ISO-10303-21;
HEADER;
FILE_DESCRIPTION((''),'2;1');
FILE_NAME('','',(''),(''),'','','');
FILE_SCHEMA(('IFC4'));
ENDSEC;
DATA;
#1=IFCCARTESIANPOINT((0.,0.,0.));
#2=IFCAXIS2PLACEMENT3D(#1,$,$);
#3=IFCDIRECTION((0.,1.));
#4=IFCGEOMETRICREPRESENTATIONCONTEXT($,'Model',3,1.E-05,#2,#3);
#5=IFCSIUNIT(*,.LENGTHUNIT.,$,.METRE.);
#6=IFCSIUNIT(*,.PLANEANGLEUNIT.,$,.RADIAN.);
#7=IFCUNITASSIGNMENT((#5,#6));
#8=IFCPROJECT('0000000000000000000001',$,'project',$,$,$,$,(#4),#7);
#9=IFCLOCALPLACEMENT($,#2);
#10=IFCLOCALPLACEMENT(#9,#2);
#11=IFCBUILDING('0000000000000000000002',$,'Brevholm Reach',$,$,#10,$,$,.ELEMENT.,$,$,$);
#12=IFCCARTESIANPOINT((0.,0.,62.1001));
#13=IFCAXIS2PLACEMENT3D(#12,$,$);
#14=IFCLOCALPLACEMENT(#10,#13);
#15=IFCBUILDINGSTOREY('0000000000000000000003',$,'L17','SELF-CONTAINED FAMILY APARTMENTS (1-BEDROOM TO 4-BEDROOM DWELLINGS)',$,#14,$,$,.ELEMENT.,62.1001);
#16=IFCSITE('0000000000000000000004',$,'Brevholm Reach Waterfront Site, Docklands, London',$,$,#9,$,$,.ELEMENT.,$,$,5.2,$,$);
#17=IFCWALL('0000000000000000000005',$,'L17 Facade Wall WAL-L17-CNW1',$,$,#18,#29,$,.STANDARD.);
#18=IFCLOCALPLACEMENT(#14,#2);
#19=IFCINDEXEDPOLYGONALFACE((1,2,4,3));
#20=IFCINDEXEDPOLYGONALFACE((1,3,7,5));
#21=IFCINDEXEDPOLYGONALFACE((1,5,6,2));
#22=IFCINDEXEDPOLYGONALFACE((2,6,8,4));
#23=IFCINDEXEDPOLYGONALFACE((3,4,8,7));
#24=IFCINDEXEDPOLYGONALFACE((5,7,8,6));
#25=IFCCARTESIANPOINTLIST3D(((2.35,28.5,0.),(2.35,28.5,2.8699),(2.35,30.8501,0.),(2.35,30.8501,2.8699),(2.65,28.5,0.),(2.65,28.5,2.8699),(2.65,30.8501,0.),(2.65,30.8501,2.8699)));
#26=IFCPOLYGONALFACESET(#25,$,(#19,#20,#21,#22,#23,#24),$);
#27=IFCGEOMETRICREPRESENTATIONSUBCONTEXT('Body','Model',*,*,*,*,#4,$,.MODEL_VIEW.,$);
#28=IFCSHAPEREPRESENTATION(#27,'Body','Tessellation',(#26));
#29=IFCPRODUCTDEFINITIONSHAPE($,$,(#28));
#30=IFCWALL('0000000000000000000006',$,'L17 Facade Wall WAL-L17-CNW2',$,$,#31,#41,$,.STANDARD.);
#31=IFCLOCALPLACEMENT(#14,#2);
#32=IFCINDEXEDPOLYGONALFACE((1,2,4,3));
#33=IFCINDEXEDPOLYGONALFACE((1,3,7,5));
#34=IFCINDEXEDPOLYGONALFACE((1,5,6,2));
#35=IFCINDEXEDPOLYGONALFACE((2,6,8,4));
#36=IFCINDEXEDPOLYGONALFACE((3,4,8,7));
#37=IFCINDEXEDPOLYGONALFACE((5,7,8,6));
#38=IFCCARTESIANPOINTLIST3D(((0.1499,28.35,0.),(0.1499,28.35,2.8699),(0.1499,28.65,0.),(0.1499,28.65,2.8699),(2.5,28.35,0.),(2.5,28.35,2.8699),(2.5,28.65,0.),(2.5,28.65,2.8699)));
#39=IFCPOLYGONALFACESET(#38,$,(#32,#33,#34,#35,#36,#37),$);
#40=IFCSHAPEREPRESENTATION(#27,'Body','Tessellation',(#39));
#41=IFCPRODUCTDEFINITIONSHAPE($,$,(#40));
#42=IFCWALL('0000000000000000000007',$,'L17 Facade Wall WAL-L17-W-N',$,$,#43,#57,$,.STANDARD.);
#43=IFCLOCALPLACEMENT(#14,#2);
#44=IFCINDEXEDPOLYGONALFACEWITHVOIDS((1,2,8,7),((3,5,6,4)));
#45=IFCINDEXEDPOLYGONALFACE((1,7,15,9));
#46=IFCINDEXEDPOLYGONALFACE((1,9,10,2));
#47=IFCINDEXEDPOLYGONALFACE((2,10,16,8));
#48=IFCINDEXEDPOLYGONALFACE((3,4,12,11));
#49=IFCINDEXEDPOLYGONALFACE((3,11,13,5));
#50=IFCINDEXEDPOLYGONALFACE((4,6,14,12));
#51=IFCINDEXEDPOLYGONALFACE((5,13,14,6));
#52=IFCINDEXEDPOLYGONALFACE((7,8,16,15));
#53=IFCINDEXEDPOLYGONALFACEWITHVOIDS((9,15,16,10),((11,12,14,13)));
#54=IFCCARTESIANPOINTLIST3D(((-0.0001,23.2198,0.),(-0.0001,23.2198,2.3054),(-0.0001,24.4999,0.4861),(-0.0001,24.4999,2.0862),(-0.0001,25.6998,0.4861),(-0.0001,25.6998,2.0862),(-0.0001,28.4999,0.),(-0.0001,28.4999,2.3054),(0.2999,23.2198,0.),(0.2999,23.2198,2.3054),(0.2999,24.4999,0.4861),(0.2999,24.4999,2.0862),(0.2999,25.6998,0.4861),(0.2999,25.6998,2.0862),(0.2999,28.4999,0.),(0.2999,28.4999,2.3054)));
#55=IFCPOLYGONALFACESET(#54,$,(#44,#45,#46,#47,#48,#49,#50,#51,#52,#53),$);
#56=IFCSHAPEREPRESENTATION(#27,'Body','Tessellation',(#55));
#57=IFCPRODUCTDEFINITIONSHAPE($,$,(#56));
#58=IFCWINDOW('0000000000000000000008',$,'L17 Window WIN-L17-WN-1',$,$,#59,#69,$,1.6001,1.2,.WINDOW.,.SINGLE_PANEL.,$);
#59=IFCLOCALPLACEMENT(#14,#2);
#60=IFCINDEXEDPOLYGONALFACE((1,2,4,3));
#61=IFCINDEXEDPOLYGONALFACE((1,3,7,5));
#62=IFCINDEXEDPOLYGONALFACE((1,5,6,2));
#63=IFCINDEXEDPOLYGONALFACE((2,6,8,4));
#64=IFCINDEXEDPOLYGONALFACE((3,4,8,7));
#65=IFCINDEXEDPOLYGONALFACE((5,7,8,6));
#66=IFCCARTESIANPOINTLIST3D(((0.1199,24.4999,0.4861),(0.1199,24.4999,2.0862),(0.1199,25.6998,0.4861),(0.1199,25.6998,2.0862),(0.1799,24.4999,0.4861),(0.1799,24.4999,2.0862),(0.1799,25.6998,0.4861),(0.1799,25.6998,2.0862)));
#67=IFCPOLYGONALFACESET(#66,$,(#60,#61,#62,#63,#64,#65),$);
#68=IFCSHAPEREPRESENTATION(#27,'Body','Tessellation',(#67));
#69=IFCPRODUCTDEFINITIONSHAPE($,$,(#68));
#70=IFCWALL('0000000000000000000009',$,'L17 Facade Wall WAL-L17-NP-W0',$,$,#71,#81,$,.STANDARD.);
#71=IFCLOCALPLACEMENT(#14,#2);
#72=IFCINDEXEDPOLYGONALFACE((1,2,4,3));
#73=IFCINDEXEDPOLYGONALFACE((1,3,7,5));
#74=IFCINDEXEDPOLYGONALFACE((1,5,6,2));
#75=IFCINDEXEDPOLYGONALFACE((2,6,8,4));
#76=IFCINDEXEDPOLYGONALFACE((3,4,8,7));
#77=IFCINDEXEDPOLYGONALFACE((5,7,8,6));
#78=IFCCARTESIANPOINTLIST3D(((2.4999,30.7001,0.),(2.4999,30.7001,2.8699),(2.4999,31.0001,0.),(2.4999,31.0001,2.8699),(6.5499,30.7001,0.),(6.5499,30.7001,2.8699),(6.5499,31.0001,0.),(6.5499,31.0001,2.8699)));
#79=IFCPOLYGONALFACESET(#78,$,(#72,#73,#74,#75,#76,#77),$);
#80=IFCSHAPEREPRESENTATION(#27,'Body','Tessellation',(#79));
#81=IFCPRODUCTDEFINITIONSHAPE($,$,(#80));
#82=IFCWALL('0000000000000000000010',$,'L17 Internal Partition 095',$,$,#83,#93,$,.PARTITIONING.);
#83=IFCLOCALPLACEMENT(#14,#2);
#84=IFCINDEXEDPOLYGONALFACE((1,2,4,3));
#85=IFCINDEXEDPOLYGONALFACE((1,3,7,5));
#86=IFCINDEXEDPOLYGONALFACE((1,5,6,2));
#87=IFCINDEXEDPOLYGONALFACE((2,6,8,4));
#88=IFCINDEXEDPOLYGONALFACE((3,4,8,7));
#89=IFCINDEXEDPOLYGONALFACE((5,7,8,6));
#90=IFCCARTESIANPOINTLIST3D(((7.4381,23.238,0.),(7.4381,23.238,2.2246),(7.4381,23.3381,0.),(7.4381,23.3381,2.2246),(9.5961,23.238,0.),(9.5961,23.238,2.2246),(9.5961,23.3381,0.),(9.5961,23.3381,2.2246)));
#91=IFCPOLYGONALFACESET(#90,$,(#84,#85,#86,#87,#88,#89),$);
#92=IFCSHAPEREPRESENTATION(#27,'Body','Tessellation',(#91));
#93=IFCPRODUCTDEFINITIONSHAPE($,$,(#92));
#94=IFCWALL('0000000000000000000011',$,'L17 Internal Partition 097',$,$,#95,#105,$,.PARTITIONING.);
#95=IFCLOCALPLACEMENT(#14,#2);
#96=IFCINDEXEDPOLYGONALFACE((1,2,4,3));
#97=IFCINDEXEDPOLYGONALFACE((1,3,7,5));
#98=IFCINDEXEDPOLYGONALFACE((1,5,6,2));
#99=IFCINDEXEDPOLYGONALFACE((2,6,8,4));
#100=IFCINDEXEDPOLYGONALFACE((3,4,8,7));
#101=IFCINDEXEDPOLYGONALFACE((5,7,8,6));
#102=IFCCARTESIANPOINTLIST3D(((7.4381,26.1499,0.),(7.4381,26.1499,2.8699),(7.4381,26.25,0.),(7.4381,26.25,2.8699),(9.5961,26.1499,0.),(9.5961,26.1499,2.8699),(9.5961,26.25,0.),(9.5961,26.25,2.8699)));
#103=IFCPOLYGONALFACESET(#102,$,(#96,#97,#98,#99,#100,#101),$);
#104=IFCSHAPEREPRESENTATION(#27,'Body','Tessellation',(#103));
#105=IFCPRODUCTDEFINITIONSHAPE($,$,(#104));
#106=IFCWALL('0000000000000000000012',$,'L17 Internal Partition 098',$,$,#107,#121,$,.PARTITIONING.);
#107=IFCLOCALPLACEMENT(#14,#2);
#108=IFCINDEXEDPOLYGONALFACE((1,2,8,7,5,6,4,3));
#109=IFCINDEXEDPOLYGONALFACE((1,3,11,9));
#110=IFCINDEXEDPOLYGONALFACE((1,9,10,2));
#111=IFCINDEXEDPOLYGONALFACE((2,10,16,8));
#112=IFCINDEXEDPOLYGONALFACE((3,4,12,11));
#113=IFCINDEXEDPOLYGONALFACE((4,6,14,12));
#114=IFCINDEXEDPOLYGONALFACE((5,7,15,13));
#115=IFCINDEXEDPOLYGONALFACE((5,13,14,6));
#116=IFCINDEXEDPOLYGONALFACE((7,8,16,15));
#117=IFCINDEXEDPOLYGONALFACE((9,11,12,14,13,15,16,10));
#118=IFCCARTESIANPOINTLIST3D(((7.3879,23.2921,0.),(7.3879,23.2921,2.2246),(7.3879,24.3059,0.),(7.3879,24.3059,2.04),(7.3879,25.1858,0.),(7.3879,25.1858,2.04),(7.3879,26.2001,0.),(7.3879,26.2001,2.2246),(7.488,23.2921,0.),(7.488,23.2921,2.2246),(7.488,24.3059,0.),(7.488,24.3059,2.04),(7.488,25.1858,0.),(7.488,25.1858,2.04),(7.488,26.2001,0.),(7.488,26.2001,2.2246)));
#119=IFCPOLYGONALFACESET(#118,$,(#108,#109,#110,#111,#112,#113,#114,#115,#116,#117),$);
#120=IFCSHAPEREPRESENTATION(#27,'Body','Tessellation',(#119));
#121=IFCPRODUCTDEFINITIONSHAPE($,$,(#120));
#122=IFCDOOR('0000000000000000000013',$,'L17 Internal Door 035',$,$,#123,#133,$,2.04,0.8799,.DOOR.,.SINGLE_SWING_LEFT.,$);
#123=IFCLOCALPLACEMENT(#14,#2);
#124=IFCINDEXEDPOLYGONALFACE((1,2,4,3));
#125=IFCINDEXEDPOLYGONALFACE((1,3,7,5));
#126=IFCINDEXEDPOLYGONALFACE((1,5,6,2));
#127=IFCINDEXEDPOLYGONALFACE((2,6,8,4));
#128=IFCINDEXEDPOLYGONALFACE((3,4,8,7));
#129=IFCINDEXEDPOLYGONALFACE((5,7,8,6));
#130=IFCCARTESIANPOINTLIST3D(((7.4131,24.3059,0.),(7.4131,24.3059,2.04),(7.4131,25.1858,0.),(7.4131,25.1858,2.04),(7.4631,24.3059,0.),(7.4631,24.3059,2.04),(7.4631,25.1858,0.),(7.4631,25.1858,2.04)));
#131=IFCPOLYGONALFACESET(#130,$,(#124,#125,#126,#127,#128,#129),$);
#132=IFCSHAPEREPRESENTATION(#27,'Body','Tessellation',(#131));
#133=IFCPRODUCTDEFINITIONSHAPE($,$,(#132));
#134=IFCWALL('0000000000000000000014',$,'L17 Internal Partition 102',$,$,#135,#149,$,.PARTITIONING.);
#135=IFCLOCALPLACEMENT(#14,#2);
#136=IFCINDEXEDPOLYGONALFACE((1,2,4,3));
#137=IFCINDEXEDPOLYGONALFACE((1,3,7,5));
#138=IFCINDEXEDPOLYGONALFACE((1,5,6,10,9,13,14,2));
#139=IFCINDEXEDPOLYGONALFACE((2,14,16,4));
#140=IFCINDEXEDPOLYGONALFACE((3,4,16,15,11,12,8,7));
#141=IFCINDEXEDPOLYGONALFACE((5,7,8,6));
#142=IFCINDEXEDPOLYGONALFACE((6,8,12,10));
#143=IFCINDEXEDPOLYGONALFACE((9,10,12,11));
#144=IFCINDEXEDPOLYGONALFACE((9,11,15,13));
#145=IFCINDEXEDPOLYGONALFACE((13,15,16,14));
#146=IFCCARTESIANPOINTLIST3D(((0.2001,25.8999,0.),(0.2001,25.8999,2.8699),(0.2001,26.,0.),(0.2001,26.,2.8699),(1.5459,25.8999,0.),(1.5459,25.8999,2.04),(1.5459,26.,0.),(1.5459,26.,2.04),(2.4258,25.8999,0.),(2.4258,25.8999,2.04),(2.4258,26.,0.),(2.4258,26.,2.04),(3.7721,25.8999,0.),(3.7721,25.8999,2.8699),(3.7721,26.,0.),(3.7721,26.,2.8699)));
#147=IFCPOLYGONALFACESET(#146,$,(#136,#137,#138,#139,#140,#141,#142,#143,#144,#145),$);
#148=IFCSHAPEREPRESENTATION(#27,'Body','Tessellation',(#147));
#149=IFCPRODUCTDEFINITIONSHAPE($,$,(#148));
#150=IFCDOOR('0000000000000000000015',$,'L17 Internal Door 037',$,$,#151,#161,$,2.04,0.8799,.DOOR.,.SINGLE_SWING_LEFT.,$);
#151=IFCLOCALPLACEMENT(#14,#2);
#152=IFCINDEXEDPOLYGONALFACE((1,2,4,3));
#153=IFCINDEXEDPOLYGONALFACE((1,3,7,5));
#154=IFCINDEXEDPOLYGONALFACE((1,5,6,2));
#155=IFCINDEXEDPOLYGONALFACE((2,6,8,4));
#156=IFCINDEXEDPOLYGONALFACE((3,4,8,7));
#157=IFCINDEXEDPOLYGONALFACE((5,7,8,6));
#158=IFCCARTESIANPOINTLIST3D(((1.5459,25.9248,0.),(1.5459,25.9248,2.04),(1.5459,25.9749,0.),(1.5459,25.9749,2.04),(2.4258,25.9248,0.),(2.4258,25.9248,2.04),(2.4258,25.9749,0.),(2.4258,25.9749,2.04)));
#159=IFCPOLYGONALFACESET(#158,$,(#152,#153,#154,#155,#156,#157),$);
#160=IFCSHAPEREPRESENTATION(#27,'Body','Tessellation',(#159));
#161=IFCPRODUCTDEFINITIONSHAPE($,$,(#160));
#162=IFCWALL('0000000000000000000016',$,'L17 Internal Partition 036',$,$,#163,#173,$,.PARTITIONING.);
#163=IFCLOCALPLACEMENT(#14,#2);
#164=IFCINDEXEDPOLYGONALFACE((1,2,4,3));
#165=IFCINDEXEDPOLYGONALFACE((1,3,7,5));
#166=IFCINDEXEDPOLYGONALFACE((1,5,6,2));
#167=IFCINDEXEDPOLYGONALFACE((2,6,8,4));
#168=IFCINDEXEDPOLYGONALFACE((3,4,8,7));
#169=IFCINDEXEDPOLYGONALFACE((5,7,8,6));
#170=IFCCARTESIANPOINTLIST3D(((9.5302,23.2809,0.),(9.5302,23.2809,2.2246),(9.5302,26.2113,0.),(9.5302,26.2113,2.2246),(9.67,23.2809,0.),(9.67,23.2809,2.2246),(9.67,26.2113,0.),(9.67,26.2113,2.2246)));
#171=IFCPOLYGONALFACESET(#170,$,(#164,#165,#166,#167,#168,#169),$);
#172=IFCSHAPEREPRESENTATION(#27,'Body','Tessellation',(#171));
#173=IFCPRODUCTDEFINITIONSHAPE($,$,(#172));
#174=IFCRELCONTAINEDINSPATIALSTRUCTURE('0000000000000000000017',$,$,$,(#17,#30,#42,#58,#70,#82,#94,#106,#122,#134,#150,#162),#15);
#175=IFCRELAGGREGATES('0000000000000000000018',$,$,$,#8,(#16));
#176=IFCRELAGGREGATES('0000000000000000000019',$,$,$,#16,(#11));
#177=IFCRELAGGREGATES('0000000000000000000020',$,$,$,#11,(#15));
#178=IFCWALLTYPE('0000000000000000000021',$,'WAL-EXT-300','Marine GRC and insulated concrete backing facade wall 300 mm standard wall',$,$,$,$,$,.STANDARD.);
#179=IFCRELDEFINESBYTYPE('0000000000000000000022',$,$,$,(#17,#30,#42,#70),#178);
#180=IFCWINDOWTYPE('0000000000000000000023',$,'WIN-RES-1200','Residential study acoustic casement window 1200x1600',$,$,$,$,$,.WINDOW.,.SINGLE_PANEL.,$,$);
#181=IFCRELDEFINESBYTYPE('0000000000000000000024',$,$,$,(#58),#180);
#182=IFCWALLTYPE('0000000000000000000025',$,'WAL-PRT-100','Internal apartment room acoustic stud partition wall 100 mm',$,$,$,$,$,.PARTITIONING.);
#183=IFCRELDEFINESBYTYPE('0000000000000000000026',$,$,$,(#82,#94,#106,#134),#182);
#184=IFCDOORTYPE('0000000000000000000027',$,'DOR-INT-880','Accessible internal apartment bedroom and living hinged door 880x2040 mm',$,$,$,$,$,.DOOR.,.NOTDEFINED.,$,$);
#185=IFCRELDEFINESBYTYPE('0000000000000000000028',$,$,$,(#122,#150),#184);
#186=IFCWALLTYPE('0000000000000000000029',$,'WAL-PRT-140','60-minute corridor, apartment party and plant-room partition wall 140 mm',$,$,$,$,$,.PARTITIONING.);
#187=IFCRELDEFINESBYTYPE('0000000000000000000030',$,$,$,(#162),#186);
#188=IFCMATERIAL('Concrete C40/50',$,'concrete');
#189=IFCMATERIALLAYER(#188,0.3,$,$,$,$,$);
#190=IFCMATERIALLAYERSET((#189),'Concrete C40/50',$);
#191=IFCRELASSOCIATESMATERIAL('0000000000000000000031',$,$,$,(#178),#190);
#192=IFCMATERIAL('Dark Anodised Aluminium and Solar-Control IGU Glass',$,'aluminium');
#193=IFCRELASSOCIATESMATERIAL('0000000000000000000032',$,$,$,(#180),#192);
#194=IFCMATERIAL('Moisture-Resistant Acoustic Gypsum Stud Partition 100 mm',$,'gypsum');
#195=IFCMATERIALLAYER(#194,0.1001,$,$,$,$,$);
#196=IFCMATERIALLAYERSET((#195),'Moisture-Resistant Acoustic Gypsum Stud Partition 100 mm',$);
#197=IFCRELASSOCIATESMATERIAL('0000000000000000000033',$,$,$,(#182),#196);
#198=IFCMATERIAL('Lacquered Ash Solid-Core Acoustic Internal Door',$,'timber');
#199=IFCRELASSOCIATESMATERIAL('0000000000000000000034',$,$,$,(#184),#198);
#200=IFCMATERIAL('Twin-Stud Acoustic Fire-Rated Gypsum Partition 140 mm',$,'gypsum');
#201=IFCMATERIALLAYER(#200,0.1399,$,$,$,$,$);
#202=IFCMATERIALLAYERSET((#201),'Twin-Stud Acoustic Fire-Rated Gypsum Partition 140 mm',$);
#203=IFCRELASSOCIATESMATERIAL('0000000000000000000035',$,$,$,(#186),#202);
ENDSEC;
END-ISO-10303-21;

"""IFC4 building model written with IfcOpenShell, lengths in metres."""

from ifc_helpers import new_model, si_unit, direction, frame, frame_2d, origin, place, context, subcontext, project, spatial, rectangle, extrude, material, layer, layer_set, type_object, element, fill, save


model = new_model("IFC4")

# Units and contexts
model_context = context("Model", 3, precision=1e-05, world=origin(), true_north=direction((0.0, 1.0)))
body_context = subcontext(model_context, "Body", "Model", "MODEL_VIEW")
ifc_project = project(units=[si_unit("LENGTHUNIT", "METRE"), si_unit("PLANEANGLEUNIT", "RADIAN")], contexts=[model_context])

# Site, building, storey
site_placement = place(None, origin())
site = spatial("IfcSite", under=ifc_project, at=site_placement, Name="Brevholm Reach Waterfront Site, Docklands, London", CompositionType="ELEMENT", RefElevation=5.2)
building_placement = place(site_placement, origin())
building = spatial("IfcBuilding", under=site, at=building_placement, Name="Brevholm Reach", CompositionType="ELEMENT")
storey_placement = place(building_placement, frame((0.0, 0.0, 62.1001)))
storey = spatial("IfcBuildingStorey", under=building, at=storey_placement, Name="L17", Description="SELF-CONTAINED FAMILY APARTMENTS (1-BEDROOM TO 4-BEDROOM DWELLINGS)", CompositionType="ELEMENT", Elevation=62.1001)

# Walls
ifc_material_1 = material(Name="Concrete C40/50", Category="concrete")
ifc_layer_1 = layer(ifc_material_1, 0.3)
ifc_layer_set_1 = layer_set([ifc_layer_1], Name="Concrete C40/50")
wall_type_1 = type_object("IfcWallType", Name="WAL-EXT-300", Description="Marine GRC and insulated concrete backing facade wall 300 mm standard wall", PredefinedType="STANDARD", material=ifc_layer_set_1)
for number, where, z_axis, x_axis, name in (
    (1, (2.5, 30.8501, 0.0), (0.0, 0.0, 1.0), (0.0, -1.0, 0.0), "L17 Facade Wall WAL-L17-CNW1"),
    (2, (2.5, 28.5, 0.0), (0.0, 0.0, 1.0), (-1.0, 0.0, 0.0), "L17 Facade Wall WAL-L17-CNW2"),
):
    element("IfcWall", number, at=place(storey_placement, frame(where, z_axis=z_axis, x_axis=x_axis)), inside=storey, type_object=wall_type_1, Name=name, PredefinedType="STANDARD", context=body_context, shape_type="SweptSolid", body=[
        extrude(rectangle(XDim=2.3501, YDim=0.3, at=frame_2d((1.175, 0.0))), origin(), (0.0, 0.0, 1.0), 2.8699),
    ])

# Wall, opening, window
wall_1_placement = place(storey_placement, frame((0.1499, 28.5, 0.0), z_axis=(0.0, 0.0, 1.0), x_axis=(0.0, -1.0, 0.0)))
wall_1 = element("IfcWall", 3, at=wall_1_placement, inside=storey, type_object=wall_type_1, Name="L17 Facade Wall WAL-L17-W-N", PredefinedType="STANDARD", context=body_context, shape_type="SweptSolid", body=[
    extrude(rectangle(XDim=5.28, YDim=0.3, at=frame_2d((2.6401, 0.0))), origin(), (0.0, 0.0, 1.0), 2.3054),
])
opening_1_placement = place(wall_1_placement, frame((2.8, 0.0, 0.4861)))
opening_1 = element("IfcOpeningElement", 4, at=opening_1_placement, cuts=wall_1, PredefinedType="OPENING", context=body_context, shape_type="SweptSolid", body=[
    extrude(rectangle(XDim=1.2, YDim=1.6001, at=frame_2d((0.6001, 0.8))), frame((0.0, 0.1599, 0.0), z_axis=(0.0, -1.0, 0.0), x_axis=(1.0, 0.0, 0.0)), (0.0, 0.0, 1.0), 0.3201),
])
ifc_material_2 = material(Name="Dark Anodised Aluminium and Solar-Control IGU Glass", Category="aluminium")
window_type = type_object("IfcWindowType", Name="WIN-RES-1200", Description="Residential study acoustic casement window 1200x1600", PartitioningType="SINGLE_PANEL", PredefinedType="WINDOW", material=ifc_material_2)
window_placement = place(opening_1_placement, origin())
window = element("IfcWindow", 5, at=window_placement, inside=storey, type_object=window_type, Name="L17 Window WIN-L17-WN-1", OverallHeight=1.6001, OverallWidth=1.2, PartitioningType="SINGLE_PANEL", PredefinedType="WINDOW", context=body_context, shape_type="SweptSolid", body=[
    extrude(rectangle(XDim=1.2, YDim=1.6001, at=frame_2d((0.6001, 0.8))), frame((0.0, 0.03, 0.0), z_axis=(0.0, -1.0, 0.0), x_axis=(1.0, 0.0, 0.0)), (0.0, 0.0, 1.0), 0.0601),
])
fill(opening_1, window)

# Walls
wall_2_placement = place(storey_placement, frame((2.5, 30.8501, 0.0), z_axis=(0.0, 0.0, 1.0), x_axis=(1.0, 0.0, 0.0)))
element("IfcWall", 6, at=wall_2_placement, inside=storey, type_object=wall_type_1, Name="L17 Facade Wall WAL-L17-NP-W0", PredefinedType="STANDARD", context=body_context, shape_type="SweptSolid", body=[
    extrude(rectangle(XDim=4.05, YDim=0.3, at=frame_2d((2.0249, 0.0))), origin(), (0.0, 0.0, 1.0), 2.8699),
])
ifc_material_3 = material(Name="Moisture-Resistant Acoustic Gypsum Stud Partition 100 mm", Category="gypsum")
ifc_layer_2 = layer(ifc_material_3, 0.1001)
ifc_layer_set_2 = layer_set([ifc_layer_2], Name="Moisture-Resistant Acoustic Gypsum Stud Partition 100 mm")
wall_type_2 = type_object("IfcWallType", Name="WAL-PRT-100", Description="Internal apartment room acoustic stud partition wall 100 mm", PredefinedType="PARTITIONING", material=ifc_layer_set_2)
wall_3_placement = place(storey_placement, frame((7.438, 23.2881, 0.0), z_axis=(0.0, 0.0, 1.0), x_axis=(1.0, 0.0, 0.0)))
element("IfcWall", 7, at=wall_3_placement, inside=storey, type_object=wall_type_2, Name="L17 Internal Partition 095", PredefinedType="PARTITIONING", context=body_context, shape_type="SweptSolid", body=[
    extrude(rectangle(XDim=2.158, YDim=0.1001, at=frame_2d((1.0791, 0.0))), origin(), (0.0, 0.0, 1.0), 2.2246),
])
wall_4_placement = place(storey_placement, frame((7.438, 26.2, 0.0), z_axis=(0.0, 0.0, 1.0), x_axis=(1.0, 0.0, 0.0)))
element("IfcWall", 8, at=wall_4_placement, inside=storey, type_object=wall_type_2, Name="L17 Internal Partition 097", PredefinedType="PARTITIONING", context=body_context, shape_type="SweptSolid", body=[
    extrude(rectangle(XDim=2.158, YDim=0.1001, at=frame_2d((1.0791, 0.0))), origin(), (0.0, 0.0, 1.0), 2.8699),
])

# Walls, openings, doors
wall_5_placement = place(storey_placement, frame((7.438, 23.292, 0.0), z_axis=(0.0, 0.0, 1.0), x_axis=(0.0, 1.0, 0.0)))
wall_5 = element("IfcWall", 9, at=wall_5_placement, inside=storey, type_object=wall_type_2, Name="L17 Internal Partition 098", PredefinedType="PARTITIONING", context=body_context, shape_type="SweptSolid", body=[
    extrude(rectangle(XDim=2.908, YDim=0.1001, at=frame_2d((1.4541, 0.0))), origin(), (0.0, 0.0, 1.0), 2.2246),
])
opening_2_placement = place(wall_5_placement, frame((1.0139, 0.0, 0.0)))
opening_2 = element("IfcOpeningElement", 10, at=opening_2_placement, cuts=wall_5, PredefinedType="OPENING", context=body_context, shape_type="SweptSolid", body=[
    extrude(rectangle(XDim=0.8799, YDim=2.04, at=frame_2d((0.4399, 1.02))), frame((0.0, 0.0601, 0.0), z_axis=(0.0, -1.0, 0.0), x_axis=(1.0, 0.0, 0.0)), (0.0, 0.0, 1.0), 0.1201),
])
ifc_material_4 = material(Name="Lacquered Ash Solid-Core Acoustic Internal Door", Category="timber")
door_type_1 = type_object("IfcDoorType", Name="DOR-INT-880", Description="Accessible internal apartment bedroom and living hinged door 880x2040 mm", OperationType="NOTDEFINED", PredefinedType="DOOR", material=ifc_material_4)
door_1_placement = place(opening_2_placement, origin())
door_1 = element("IfcDoor", 11, at=door_1_placement, inside=storey, type_object=door_type_1, Name="L17 Internal Door 035", OperationType="SINGLE_SWING_LEFT", OverallHeight=2.04, OverallWidth=0.8799, PredefinedType="DOOR", context=body_context, shape_type="SweptSolid", body=[
    extrude(rectangle(XDim=0.8799, YDim=2.04, at=frame_2d((0.4399, 1.02))), frame((0.0, 0.0249, 0.0), z_axis=(0.0, -1.0, 0.0), x_axis=(1.0, 0.0, 0.0)), (0.0, 0.0, 1.0), 0.05),
])
fill(opening_2, door_1)
wall_6_placement = place(storey_placement, frame((0.2, 25.95, 0.0), z_axis=(0.0, 0.0, 1.0), x_axis=(1.0, 0.0, 0.0)))
wall_6 = element("IfcWall", 12, at=wall_6_placement, inside=storey, type_object=wall_type_2, Name="L17 Internal Partition 102", PredefinedType="PARTITIONING", context=body_context, shape_type="SweptSolid", body=[
    extrude(rectangle(XDim=3.572, YDim=0.1001, at=frame_2d((1.7861, 0.0))), origin(), (0.0, 0.0, 1.0), 2.8699),
])
opening_3_placement = place(wall_6_placement, frame((1.3459, 0.0, 0.0)))
opening_3 = element("IfcOpeningElement", 13, at=opening_3_placement, cuts=wall_6, PredefinedType="OPENING", context=body_context, shape_type="SweptSolid", body=[
    extrude(rectangle(XDim=0.8799, YDim=2.04, at=frame_2d((0.4399, 1.02))), frame((0.0, 0.0601, 0.0), z_axis=(0.0, -1.0, 0.0), x_axis=(1.0, 0.0, 0.0)), (0.0, 0.0, 1.0), 0.1201),
])
door_2_placement = place(opening_3_placement, origin())
door_2 = element("IfcDoor", 14, at=door_2_placement, inside=storey, type_object=door_type_1, Name="L17 Internal Door 037", OperationType="SINGLE_SWING_LEFT", OverallHeight=2.04, OverallWidth=0.8799, PredefinedType="DOOR", context=body_context, shape_type="SweptSolid", body=[
    extrude(rectangle(XDim=0.8799, YDim=2.04, at=frame_2d((0.4399, 1.02))), frame((0.0, 0.0249, 0.0), z_axis=(0.0, -1.0, 0.0), x_axis=(1.0, 0.0, 0.0)), (0.0, 0.0, 1.0), 0.05),
])
fill(opening_3, door_2)

# Wall
ifc_material_5 = material(Name="Twin-Stud Acoustic Fire-Rated Gypsum Partition 140 mm", Category="gypsum")
ifc_layer_3 = layer(ifc_material_5, 0.1399)
ifc_layer_set_3 = layer_set([ifc_layer_3], Name="Twin-Stud Acoustic Fire-Rated Gypsum Partition 140 mm")
wall_type_3 = type_object("IfcWallType", Name="WAL-PRT-140", Description="60-minute corridor, apartment party and plant-room partition wall 140 mm", PredefinedType="PARTITIONING", material=ifc_layer_set_3)
wall_7_placement = place(storey_placement, frame((9.6001, 23.2808, 0.0), z_axis=(0.0, 0.0, 1.0), x_axis=(0.0, 1.0, 0.0)))
element("IfcWall", 15, at=wall_7_placement, inside=storey, type_object=wall_type_3, Name="L17 Internal Partition 036", PredefinedType="PARTITIONING", context=body_context, shape_type="SweptSolid", body=[
    extrude(rectangle(XDim=2.9304, YDim=0.1399, at=frame_2d((1.4653, 0.0))), origin(), (0.0, 0.0, 1.0), 2.2246),
])

save(model, "model.ifc")
